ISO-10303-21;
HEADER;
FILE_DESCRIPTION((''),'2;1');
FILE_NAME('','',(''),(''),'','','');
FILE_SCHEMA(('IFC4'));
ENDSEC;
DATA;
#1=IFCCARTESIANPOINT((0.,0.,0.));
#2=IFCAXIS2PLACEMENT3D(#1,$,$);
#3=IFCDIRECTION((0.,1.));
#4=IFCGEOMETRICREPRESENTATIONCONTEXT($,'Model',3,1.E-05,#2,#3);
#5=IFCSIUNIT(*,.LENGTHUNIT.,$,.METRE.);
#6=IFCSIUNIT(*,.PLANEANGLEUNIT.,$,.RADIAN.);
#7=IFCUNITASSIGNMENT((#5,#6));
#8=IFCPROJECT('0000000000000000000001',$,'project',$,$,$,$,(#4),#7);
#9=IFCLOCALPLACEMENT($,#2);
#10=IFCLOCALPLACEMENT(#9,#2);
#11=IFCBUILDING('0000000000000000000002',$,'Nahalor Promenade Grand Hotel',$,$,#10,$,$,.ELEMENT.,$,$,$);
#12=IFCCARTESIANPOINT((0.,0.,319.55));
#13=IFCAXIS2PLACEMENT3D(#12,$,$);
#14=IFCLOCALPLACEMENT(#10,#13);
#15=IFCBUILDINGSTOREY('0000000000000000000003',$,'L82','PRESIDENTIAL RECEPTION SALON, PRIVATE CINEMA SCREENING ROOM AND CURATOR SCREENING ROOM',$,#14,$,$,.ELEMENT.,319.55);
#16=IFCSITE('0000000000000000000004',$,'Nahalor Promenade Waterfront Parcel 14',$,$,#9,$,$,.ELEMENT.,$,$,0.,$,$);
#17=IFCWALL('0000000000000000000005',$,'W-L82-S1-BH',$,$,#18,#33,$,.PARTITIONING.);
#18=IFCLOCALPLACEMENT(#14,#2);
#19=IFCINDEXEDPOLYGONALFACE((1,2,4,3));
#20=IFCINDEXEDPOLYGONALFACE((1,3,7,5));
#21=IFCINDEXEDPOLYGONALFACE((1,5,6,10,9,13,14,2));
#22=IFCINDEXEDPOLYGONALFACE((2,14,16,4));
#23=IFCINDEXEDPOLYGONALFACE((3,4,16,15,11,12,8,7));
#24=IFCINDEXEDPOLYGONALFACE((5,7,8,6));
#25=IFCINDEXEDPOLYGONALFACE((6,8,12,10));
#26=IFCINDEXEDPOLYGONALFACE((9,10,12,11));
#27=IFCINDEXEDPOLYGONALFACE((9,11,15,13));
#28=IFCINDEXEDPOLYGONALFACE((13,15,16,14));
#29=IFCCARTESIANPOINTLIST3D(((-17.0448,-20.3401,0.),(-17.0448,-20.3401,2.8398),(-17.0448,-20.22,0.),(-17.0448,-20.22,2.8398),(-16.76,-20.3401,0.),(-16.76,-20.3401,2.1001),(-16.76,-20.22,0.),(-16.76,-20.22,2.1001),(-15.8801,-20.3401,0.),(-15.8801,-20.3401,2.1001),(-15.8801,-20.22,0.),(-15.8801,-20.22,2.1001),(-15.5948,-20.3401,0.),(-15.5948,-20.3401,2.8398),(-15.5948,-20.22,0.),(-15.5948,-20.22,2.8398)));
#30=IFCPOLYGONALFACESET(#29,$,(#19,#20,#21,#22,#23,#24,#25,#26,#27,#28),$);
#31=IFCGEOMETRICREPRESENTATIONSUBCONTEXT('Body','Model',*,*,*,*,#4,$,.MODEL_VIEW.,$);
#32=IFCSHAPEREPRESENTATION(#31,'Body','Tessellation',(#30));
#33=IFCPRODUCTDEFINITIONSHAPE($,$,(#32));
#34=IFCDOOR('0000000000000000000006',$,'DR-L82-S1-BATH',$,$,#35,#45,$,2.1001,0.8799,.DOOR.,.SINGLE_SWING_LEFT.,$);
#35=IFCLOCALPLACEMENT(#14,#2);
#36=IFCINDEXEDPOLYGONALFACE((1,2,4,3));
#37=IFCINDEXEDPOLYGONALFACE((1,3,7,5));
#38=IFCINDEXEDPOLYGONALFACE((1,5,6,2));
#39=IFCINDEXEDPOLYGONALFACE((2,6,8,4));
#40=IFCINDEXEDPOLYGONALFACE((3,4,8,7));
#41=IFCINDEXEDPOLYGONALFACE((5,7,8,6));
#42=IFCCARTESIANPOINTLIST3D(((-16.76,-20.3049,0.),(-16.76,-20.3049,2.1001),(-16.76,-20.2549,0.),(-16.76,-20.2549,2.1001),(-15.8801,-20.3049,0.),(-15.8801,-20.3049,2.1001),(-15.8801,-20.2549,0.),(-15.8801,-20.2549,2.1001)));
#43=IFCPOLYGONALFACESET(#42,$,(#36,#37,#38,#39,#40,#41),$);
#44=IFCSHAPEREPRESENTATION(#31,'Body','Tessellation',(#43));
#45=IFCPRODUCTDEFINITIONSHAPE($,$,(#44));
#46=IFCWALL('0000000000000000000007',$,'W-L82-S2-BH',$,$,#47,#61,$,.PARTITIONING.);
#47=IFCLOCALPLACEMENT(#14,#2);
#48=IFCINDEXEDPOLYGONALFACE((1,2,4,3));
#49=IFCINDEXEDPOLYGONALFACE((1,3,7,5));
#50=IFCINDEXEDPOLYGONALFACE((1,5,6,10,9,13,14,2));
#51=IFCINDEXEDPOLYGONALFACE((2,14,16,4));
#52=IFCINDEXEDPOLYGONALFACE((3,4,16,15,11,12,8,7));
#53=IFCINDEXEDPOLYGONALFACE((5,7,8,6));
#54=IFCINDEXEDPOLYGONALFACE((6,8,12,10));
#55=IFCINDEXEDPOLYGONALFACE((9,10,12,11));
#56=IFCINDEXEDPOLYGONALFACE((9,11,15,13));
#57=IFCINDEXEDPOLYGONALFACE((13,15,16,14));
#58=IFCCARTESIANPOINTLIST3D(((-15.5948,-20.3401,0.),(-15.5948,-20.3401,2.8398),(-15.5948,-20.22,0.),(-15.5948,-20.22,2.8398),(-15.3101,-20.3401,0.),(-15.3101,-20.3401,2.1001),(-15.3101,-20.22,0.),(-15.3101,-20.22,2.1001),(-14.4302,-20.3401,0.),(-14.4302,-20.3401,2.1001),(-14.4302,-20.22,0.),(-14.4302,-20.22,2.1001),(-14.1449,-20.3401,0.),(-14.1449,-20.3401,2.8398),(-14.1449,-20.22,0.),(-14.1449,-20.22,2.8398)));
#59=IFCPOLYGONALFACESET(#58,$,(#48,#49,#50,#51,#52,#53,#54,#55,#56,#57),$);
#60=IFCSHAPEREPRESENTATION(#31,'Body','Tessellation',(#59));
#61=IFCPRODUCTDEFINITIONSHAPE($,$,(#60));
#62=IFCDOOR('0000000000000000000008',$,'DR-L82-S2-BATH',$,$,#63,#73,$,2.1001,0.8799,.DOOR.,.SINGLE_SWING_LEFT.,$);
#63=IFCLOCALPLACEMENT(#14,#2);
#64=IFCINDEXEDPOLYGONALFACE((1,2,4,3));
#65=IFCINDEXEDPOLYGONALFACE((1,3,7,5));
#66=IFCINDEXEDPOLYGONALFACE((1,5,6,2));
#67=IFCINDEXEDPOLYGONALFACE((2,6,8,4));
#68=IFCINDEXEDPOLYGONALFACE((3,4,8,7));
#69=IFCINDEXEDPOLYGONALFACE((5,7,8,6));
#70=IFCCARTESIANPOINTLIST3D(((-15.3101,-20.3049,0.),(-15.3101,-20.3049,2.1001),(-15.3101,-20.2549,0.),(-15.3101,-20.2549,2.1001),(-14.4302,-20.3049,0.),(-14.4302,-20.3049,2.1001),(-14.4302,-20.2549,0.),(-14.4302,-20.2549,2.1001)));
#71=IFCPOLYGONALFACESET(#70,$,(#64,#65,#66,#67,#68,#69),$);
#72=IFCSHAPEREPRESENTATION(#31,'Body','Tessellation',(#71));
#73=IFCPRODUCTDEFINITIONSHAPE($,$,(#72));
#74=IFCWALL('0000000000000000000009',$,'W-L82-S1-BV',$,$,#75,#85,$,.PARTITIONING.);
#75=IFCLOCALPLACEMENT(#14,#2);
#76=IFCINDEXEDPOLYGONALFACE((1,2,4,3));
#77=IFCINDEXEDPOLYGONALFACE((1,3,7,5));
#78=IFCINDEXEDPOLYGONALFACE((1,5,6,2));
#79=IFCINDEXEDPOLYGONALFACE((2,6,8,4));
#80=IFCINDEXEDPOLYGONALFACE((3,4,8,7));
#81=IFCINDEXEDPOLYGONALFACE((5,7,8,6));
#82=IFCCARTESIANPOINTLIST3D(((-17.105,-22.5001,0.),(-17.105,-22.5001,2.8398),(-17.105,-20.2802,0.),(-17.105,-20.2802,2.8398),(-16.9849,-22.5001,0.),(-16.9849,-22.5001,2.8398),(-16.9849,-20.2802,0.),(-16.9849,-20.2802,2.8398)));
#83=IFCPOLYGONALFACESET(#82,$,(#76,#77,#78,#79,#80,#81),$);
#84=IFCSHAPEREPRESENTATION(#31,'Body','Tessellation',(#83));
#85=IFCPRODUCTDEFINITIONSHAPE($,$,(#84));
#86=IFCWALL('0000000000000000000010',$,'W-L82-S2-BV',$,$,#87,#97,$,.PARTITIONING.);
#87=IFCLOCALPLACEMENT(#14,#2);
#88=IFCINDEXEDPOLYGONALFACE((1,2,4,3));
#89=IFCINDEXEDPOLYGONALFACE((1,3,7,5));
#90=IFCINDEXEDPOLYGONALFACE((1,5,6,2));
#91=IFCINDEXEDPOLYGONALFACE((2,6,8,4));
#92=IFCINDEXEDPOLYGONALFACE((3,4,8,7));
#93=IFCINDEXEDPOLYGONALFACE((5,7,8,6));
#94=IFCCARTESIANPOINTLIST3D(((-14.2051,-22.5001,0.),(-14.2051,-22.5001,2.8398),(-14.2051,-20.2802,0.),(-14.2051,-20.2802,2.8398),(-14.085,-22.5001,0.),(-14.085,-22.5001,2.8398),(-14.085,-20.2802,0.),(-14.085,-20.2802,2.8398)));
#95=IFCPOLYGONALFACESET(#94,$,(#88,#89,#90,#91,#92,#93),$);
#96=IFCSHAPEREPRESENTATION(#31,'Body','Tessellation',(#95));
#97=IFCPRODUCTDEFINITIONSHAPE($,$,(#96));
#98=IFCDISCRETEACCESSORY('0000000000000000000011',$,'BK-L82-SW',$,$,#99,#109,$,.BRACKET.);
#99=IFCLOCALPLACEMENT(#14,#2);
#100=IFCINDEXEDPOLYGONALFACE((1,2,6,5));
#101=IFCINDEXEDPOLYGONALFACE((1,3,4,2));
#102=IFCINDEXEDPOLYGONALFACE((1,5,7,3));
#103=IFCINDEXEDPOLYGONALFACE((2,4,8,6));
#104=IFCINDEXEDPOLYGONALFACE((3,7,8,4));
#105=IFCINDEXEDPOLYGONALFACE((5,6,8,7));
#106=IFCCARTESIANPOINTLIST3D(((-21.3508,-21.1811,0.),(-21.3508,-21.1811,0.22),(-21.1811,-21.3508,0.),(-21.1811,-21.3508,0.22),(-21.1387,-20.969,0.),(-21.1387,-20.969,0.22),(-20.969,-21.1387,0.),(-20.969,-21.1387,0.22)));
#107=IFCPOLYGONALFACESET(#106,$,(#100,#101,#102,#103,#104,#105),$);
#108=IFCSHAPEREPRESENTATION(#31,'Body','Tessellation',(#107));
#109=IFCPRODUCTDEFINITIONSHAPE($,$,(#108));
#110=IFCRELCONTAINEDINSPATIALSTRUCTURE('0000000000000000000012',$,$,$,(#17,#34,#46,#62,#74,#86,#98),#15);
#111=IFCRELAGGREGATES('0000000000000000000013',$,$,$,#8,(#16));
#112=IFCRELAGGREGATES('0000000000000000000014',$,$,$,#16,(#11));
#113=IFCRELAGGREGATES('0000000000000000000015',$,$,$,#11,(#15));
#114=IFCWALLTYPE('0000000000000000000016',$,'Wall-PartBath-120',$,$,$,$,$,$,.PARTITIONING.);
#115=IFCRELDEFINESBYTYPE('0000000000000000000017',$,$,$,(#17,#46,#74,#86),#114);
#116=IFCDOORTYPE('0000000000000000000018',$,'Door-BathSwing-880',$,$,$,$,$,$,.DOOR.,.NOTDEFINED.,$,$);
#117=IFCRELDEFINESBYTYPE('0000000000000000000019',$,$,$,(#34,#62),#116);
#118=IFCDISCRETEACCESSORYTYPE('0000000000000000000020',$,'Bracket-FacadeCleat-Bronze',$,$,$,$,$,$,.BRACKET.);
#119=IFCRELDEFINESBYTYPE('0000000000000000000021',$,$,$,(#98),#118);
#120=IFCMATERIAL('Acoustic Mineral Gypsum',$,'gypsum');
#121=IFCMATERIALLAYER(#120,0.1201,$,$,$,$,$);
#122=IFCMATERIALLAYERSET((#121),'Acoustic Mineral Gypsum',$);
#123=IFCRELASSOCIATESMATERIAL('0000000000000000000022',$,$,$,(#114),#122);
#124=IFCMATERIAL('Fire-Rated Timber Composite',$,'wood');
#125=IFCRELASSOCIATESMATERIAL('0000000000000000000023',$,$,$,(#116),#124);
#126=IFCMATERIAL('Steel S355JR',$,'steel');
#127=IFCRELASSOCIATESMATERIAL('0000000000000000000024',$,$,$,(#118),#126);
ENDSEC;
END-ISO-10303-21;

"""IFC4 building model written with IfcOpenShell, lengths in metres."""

from ifc_helpers import new_model, si_unit, direction, frame, frame_2d, origin, origin_2d, place, context, subcontext, project, spatial, rectangle, extrude, source, transform, mapped, material, layer, layer_set, type_object, element, fill, save


model = new_model("IFC4")

# Units and contexts
model_context = context("Model", 3, precision=1e-05, world=origin(), true_north=direction((0.0, 1.0)))
body_context = subcontext(model_context, "Body", "Model", "MODEL_VIEW")
ifc_project = project(units=[si_unit("LENGTHUNIT", "METRE"), si_unit("PLANEANGLEUNIT", "RADIAN")], contexts=[model_context])

# Site, building, storey
site_placement = place(None, origin())
site = spatial("IfcSite", under=ifc_project, at=site_placement, Name="Nahalor Promenade Waterfront Parcel 14", CompositionType="ELEMENT", RefElevation=0.0)
building_placement = place(site_placement, origin())
building = spatial("IfcBuilding", under=site, at=building_placement, Name="Nahalor Promenade Grand Hotel", CompositionType="ELEMENT")
storey_placement = place(building_placement, frame((0.0, 0.0, 319.55)))
storey = spatial("IfcBuildingStorey", under=building, at=storey_placement, Name="L82", Description="PRESIDENTIAL RECEPTION SALON, PRIVATE CINEMA SCREENING ROOM AND CURATOR SCREENING ROOM", CompositionType="ELEMENT", Elevation=319.55)

# Shared definitions
ifc_material_1 = material(Name="Steel S355JR", Category="steel")

# Shared definitions
ifc_material_2 = material(Name="Acoustic Mineral Gypsum", Category="gypsum")

# Walls, openings, doors
ifc_layer_1 = layer(ifc_material_2, 0.1201)
ifc_layer_set_1 = layer_set([ifc_layer_1], Name="Acoustic Mineral Gypsum")
wall_type_1 = type_object("IfcWallType", Name="Wall-PartBath-120", PredefinedType="PARTITIONING", material=ifc_layer_set_1)
shared_shape_1 = source(origin(), body_context, "Body", "SweptSolid", [
    extrude(rectangle(XDim=1.45, YDim=0.1201, at=frame_2d((0.7251, 0.0))), origin(), (0.0, 0.0, 1.0), 2.8398),
])
wall_1_placement = place(storey_placement, frame((-17.0449, -20.28, 0.0), z_axis=(0.0, 0.0, 1.0), x_axis=(1.0, 0.0, 0.0)))
wall_1 = element("IfcWall", 1, at=wall_1_placement, inside=storey, type_object=wall_type_1, Name="W-L82-S1-BH", PredefinedType="PARTITIONING", context=body_context, shape_type="MappedRepresentation", body=[
    mapped(shared_shape_1, transform((0.0, 0.0, 0.0), scale=1.0)),
])
opening_1_placement = place(wall_1_placement, frame((0.2849, 0.0, 0.0)))
opening_1 = element("IfcOpeningElement", 2, at=opening_1_placement, cuts=wall_1, PredefinedType="OPENING", context=body_context, shape_type="SweptSolid", body=[
    extrude(rectangle(XDim=0.8799, YDim=2.1001, at=frame_2d((0.4399, 1.05))), frame((0.0, 0.0701, 0.0), z_axis=(0.0, -1.0, 0.0), x_axis=(1.0, 0.0, 0.0)), (0.0, 0.0, 1.0), 0.1401),
])
ifc_material_3 = material(Name="Fire-Rated Timber Composite", Category="wood")
door_type = type_object("IfcDoorType", Name="Door-BathSwing-880", OperationType="NOTDEFINED", PredefinedType="DOOR", material=ifc_material_3)
shared_shape_2 = source(origin(), body_context, "Body", "SweptSolid", [
    extrude(rectangle(XDim=0.8799, YDim=2.1001, at=frame_2d((0.4399, 1.05))), frame((0.0, 0.0249, 0.0), z_axis=(0.0, -1.0, 0.0), x_axis=(1.0, 0.0, 0.0)), (0.0, 0.0, 1.0), 0.05),
])
door_1_placement = place(opening_1_placement, frame((0.8799, 0.0, 0.0), z_axis=(0.0, 0.0, 1.0), x_axis=(-1.0, 0.0, 0.0)))
door_1 = element("IfcDoor", 3, at=door_1_placement, inside=storey, type_object=door_type, Name="DR-L82-S1-BATH", OperationType="SINGLE_SWING_LEFT", OverallHeight=2.1001, OverallWidth=0.8799, PredefinedType="DOOR", context=body_context, shape_type="MappedRepresentation", body=[
    mapped(shared_shape_2, transform((0.0, 0.0, 0.0), scale=1.0)),
])
fill(opening_1, door_1)
wall_2_placement = place(storey_placement, frame((-15.595, -20.28, 0.0), z_axis=(0.0, 0.0, 1.0), x_axis=(1.0, 0.0, 0.0)))
wall_2 = element("IfcWall", 4, at=wall_2_placement, inside=storey, type_object=wall_type_1, Name="W-L82-S2-BH", PredefinedType="PARTITIONING", context=body_context, shape_type="MappedRepresentation", body=[
    mapped(shared_shape_1, transform((0.0, 0.0, 0.0), scale=1.0)),
])
opening_2_placement = place(wall_2_placement, frame((0.2849, 0.0, 0.0)))
opening_2 = element("IfcOpeningElement", 5, at=opening_2_placement, cuts=wall_2, PredefinedType="OPENING", context=body_context, shape_type="SweptSolid", body=[
    extrude(rectangle(XDim=0.8799, YDim=2.1001, at=frame_2d((0.4399, 1.05))), frame((0.0, 0.0701, 0.0), z_axis=(0.0, -1.0, 0.0), x_axis=(1.0, 0.0, 0.0)), (0.0, 0.0, 1.0), 0.1401),
])
door_2_placement = place(opening_2_placement, frame((0.8799, 0.0, 0.0), z_axis=(0.0, 0.0, 1.0), x_axis=(-1.0, 0.0, 0.0)))
door_2 = element("IfcDoor", 6, at=door_2_placement, inside=storey, type_object=door_type, Name="DR-L82-S2-BATH", OperationType="SINGLE_SWING_LEFT", OverallHeight=2.1001, OverallWidth=0.8799, PredefinedType="DOOR", context=body_context, shape_type="MappedRepresentation", body=[
    mapped(shared_shape_2, transform((0.0, 0.0, 0.0), scale=1.0)),
])
fill(opening_2, door_2)

# Walls
shared_shape_3 = source(origin(), body_context, "Body", "SweptSolid", [
    extrude(rectangle(XDim=2.22, YDim=0.1201, at=frame_2d((1.1099, 0.0))), origin(), (0.0, 0.0, 1.0), 2.8398),
])
for number, where, z_axis, x_axis, name in (
    (7, (-17.0449, -22.5, 0.0), (0.0, 0.0, 1.0), (0.0, 1.0, 0.0), "W-L82-S1-BV"),
    (8, (-14.145, -22.5, 0.0), (0.0, 0.0, 1.0), (0.0, 1.0, 0.0), "W-L82-S2-BV"),
):
    element("IfcWall", number, at=place(storey_placement, frame(where, z_axis=z_axis, x_axis=x_axis)), inside=storey, type_object=wall_type_1, Name=name, PredefinedType="PARTITIONING", context=body_context, shape_type="MappedRepresentation", body=[
        mapped(shared_shape_3, transform((0.0, 0.0, 0.0), scale=1.0)),
    ])

# Discrete accessory
discrete_accessory_type = type_object("IfcDiscreteAccessoryType", Name="Bracket-FacadeCleat-Bronze", PredefinedType="BRACKET", material=ifc_material_1)
shared_shape_4 = source(origin(), body_context, "Body", "SweptSolid", [
    extrude(rectangle(XDim=0.3, YDim=0.24, at=origin_2d()), origin(), (0.0, 0.0, 1.0), 0.22),
])
discrete_accessory_placement = place(storey_placement, frame((-21.1599, -21.1599, 0.0), z_axis=(0.0, 0.0, 1.0), x_axis=(0.707107, 0.707107, 0.0)))
element("IfcDiscreteAccessory", 9, at=discrete_accessory_placement, inside=storey, type_object=discrete_accessory_type, Name="BK-L82-SW", PredefinedType="BRACKET", context=body_context, shape_type="MappedRepresentation", body=[
    mapped(shared_shape_4, transform((0.0, 0.0, 0.0), scale=1.0)),
])

save(model, "model.ifc")
